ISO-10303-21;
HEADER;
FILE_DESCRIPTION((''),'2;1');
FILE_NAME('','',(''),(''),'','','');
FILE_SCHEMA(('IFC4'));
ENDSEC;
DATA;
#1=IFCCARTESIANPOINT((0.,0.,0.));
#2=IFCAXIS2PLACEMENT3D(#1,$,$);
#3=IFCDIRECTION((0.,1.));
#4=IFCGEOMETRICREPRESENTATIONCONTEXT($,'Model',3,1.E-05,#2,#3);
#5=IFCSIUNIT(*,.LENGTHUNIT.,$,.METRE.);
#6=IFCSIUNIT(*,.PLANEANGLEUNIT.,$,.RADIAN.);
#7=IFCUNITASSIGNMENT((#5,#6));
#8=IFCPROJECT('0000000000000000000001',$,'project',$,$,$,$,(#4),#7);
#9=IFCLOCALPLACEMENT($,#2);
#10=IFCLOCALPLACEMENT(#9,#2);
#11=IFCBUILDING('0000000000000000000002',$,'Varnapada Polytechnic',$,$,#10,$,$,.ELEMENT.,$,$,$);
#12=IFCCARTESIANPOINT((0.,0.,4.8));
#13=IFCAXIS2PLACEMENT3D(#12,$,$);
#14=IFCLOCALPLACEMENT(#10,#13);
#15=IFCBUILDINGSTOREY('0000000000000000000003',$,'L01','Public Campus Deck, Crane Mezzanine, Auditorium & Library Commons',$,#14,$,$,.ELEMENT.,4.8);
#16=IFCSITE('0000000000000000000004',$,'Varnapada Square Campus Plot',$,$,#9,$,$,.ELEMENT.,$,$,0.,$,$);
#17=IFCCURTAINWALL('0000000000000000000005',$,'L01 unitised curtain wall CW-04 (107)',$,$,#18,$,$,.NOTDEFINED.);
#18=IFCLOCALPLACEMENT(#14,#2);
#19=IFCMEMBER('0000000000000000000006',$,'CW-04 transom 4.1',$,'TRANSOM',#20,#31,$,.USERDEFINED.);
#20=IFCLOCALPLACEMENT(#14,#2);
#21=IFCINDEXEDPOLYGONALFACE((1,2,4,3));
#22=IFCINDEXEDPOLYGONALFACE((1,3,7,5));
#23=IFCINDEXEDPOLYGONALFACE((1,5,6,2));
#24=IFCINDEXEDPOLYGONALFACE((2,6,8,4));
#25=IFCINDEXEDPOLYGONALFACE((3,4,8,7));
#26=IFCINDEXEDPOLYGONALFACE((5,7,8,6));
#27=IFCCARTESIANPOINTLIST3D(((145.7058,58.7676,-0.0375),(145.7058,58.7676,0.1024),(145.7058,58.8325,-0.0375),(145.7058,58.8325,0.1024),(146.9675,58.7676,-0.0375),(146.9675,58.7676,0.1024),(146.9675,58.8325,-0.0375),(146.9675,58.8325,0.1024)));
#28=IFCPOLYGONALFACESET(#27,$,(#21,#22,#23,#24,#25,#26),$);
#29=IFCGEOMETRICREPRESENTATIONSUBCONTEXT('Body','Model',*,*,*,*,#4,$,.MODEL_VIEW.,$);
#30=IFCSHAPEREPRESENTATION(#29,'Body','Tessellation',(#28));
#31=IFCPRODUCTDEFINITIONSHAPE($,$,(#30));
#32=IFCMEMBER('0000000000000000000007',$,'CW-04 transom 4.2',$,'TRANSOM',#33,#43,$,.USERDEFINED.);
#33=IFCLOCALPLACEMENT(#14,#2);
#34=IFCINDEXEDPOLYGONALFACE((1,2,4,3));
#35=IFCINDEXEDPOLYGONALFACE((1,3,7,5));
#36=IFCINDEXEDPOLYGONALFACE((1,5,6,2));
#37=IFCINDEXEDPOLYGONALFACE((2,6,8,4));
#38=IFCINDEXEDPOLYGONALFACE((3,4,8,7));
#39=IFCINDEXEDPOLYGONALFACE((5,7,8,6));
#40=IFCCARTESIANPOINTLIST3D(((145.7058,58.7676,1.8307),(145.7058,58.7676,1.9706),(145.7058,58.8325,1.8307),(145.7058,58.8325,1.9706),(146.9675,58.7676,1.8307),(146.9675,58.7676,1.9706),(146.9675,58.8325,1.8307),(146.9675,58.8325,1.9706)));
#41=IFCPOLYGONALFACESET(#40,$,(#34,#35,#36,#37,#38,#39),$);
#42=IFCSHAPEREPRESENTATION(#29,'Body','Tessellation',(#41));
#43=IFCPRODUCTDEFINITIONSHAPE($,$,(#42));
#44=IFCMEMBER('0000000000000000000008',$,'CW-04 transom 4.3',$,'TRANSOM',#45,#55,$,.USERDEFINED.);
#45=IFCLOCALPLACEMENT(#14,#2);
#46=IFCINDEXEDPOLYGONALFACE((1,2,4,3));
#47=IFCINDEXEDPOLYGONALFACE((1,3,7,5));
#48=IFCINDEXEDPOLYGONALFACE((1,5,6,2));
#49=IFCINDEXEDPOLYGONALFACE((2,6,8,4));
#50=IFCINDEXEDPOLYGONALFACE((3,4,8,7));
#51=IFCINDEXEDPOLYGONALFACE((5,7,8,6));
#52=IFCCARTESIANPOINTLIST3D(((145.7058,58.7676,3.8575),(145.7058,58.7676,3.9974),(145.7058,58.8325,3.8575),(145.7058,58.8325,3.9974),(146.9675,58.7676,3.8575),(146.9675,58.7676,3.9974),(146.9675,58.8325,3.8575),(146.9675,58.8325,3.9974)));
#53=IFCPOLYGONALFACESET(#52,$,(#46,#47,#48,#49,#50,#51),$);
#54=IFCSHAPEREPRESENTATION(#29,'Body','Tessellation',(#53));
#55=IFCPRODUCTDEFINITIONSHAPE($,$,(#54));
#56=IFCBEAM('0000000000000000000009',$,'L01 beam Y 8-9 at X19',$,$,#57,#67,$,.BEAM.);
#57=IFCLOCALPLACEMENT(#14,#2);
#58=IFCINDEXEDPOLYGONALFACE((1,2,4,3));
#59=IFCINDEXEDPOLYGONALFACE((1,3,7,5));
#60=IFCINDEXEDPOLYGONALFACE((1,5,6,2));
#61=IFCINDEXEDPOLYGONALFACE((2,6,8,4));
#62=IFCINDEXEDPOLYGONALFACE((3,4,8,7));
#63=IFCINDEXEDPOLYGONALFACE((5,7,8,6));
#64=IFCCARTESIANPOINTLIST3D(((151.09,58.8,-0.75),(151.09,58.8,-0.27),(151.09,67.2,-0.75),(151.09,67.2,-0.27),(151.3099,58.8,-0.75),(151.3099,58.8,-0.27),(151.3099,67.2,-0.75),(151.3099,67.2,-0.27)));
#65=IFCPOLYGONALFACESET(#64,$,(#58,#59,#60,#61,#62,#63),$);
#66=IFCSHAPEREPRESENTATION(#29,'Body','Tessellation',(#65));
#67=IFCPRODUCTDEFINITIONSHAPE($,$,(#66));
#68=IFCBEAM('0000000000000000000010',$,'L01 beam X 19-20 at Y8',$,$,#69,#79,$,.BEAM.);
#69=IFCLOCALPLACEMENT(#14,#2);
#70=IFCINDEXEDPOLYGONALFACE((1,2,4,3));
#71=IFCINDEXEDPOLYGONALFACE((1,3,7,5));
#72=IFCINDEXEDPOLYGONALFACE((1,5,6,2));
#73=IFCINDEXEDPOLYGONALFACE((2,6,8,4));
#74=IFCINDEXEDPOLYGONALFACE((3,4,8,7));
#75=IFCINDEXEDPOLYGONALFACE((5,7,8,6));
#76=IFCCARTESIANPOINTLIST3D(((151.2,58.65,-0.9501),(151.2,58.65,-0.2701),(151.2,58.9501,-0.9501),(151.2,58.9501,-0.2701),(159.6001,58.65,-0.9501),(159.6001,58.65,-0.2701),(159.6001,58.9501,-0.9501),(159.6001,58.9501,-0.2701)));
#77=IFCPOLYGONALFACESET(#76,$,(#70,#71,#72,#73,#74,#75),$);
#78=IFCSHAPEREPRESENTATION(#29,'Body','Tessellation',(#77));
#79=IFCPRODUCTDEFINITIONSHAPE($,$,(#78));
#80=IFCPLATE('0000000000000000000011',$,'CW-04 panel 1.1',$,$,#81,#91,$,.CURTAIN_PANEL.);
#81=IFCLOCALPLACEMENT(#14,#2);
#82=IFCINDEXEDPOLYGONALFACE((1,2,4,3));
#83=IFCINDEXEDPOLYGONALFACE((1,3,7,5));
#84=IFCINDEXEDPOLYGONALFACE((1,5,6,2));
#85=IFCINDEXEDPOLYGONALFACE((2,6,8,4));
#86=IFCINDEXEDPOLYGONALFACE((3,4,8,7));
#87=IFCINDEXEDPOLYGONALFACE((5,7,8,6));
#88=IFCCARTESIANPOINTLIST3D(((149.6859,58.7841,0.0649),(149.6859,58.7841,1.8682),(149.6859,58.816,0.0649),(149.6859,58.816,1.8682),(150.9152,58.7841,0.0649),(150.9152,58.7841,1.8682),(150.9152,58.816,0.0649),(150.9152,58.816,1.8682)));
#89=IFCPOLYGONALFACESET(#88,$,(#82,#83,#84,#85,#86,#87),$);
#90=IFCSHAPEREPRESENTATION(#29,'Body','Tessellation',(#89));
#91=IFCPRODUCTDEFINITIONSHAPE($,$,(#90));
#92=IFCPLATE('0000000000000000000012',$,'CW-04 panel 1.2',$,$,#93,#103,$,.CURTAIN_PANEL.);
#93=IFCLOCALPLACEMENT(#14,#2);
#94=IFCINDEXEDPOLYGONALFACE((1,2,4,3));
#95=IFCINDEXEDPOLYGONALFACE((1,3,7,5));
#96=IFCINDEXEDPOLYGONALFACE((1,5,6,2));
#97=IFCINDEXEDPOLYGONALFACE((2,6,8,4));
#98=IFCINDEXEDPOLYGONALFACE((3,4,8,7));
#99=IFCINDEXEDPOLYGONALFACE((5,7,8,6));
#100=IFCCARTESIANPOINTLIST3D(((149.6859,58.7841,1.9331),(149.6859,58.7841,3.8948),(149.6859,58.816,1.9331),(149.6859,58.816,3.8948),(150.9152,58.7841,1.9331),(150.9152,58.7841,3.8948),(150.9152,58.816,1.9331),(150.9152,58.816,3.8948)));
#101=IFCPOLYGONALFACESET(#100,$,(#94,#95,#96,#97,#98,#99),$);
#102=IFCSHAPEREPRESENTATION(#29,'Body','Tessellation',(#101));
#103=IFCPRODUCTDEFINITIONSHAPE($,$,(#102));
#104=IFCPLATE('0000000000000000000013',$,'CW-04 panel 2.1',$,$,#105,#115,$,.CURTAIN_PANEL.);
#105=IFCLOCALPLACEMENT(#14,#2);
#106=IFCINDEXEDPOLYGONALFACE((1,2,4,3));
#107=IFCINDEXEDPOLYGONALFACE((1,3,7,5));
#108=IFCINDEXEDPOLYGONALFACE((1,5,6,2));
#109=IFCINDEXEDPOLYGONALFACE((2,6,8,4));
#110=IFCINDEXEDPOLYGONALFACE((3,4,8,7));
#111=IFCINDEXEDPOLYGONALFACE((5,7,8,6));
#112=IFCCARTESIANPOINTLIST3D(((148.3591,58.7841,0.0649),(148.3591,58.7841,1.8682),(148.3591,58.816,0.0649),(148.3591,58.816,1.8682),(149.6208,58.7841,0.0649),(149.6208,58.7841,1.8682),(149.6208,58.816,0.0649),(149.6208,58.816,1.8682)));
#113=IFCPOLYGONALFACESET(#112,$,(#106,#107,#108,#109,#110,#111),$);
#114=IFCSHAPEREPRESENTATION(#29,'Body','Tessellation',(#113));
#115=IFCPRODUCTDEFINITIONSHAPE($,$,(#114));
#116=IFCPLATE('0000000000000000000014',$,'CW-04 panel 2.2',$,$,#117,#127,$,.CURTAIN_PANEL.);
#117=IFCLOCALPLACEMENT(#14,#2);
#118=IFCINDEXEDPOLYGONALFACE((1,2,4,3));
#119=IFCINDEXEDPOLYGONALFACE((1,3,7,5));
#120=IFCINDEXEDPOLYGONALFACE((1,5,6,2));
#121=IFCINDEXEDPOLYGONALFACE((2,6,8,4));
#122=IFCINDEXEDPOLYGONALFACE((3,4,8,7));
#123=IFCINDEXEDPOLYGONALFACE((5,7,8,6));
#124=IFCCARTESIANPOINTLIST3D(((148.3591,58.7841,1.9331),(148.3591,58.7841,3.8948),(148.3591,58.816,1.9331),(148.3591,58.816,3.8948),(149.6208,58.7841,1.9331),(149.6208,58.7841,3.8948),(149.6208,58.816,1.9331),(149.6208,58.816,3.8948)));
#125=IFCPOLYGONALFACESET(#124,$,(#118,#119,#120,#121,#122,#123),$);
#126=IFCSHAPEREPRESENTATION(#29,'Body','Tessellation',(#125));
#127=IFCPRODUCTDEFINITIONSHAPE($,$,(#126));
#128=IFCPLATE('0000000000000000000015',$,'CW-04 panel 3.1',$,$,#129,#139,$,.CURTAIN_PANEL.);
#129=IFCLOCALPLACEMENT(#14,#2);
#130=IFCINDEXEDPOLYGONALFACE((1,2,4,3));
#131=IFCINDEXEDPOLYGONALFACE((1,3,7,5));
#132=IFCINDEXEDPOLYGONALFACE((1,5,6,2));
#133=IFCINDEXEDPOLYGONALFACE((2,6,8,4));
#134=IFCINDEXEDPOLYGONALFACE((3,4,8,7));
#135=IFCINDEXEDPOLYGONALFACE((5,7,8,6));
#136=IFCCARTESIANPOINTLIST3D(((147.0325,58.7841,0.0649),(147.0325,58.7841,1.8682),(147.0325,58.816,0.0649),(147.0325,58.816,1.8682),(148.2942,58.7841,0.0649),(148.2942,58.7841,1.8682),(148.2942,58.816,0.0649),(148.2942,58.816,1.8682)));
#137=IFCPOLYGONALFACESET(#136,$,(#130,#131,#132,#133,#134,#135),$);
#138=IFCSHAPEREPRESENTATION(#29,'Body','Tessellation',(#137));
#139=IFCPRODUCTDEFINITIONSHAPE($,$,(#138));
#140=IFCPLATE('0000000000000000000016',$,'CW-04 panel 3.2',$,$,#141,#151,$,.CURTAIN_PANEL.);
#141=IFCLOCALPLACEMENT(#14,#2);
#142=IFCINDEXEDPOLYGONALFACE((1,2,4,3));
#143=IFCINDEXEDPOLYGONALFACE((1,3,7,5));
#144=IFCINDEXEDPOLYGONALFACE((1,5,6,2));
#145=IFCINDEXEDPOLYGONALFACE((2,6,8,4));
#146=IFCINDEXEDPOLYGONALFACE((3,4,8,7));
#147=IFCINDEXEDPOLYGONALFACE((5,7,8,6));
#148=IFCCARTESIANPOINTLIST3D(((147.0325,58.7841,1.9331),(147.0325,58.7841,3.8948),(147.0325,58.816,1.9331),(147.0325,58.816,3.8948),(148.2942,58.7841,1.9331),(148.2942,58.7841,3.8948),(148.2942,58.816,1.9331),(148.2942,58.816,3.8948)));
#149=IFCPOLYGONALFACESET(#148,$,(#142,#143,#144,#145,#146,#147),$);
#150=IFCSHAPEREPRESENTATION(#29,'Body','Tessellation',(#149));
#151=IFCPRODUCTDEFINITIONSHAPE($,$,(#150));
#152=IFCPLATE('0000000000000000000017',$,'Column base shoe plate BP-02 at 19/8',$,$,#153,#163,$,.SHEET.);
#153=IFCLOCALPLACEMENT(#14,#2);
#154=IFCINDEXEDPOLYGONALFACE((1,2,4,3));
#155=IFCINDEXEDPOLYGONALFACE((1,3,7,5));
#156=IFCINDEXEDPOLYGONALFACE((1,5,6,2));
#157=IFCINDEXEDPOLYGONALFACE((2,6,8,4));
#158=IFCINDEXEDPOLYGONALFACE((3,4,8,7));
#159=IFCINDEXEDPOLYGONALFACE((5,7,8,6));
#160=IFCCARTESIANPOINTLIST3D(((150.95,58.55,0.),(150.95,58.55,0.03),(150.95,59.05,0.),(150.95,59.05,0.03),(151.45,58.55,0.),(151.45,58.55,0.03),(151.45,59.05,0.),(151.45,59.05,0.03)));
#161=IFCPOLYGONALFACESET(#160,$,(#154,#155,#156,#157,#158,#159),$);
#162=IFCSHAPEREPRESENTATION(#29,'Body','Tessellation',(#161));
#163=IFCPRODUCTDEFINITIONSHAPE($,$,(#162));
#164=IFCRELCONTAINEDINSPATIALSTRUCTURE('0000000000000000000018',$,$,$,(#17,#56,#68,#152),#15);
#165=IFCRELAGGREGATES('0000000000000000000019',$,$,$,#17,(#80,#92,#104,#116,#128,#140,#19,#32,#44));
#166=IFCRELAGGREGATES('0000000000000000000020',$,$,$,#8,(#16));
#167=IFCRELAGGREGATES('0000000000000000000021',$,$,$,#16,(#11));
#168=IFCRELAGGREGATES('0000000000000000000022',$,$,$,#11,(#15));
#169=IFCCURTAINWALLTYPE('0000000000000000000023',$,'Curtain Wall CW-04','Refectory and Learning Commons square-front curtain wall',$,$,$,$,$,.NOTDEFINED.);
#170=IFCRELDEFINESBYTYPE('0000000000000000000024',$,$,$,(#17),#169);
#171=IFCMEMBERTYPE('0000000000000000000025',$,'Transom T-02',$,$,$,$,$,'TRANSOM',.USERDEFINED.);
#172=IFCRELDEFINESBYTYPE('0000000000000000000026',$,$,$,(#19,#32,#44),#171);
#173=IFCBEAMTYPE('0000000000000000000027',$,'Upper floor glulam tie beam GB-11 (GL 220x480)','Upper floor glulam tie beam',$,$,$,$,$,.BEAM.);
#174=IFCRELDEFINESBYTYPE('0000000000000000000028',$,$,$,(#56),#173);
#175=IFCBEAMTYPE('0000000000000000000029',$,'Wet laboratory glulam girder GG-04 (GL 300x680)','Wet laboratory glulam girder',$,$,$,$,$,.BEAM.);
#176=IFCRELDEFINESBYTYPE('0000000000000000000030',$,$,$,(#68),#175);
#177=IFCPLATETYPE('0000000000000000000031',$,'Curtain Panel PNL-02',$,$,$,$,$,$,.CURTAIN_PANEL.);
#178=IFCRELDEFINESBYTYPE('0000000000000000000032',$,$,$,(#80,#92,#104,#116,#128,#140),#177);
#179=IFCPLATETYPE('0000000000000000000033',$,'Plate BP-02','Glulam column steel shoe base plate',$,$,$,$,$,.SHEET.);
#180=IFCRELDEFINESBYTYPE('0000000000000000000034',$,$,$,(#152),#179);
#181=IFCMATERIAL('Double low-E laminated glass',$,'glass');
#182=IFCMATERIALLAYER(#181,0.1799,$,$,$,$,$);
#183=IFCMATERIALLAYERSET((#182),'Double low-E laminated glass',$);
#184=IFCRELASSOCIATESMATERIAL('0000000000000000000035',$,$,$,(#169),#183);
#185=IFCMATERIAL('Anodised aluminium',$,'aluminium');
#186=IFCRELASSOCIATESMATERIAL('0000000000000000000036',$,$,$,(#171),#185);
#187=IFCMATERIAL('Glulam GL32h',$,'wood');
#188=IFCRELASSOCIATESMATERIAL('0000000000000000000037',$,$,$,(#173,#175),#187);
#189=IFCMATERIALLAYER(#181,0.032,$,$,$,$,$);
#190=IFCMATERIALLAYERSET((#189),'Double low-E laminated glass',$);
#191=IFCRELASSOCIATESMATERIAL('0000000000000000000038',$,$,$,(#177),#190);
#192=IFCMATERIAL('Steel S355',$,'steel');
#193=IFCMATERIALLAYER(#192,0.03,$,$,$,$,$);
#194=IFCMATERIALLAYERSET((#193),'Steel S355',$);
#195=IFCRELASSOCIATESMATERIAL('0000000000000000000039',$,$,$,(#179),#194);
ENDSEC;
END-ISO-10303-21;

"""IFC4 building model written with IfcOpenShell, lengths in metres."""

from ifc_helpers import new_model, si_unit, direction, frame, origin, origin_2d, place, context, subcontext, project, spatial, rectangle, extrude, material, layer, layer_set, material_profile, profile_set, type_object, element, aggregate, save


model = new_model("IFC4")

# Units and contexts
model_context = context("Model", 3, precision=1e-05, world=origin(), true_north=direction((0.0, 1.0)))
body_context = subcontext(model_context, "Body", "Model", "MODEL_VIEW")
ifc_project = project(units=[si_unit("LENGTHUNIT", "METRE"), si_unit("PLANEANGLEUNIT", "RADIAN")], contexts=[model_context])

# Site, building, storey
site_placement = place(None, origin())
site = spatial("IfcSite", under=ifc_project, at=site_placement, Name="Varnapada Square Campus Plot", CompositionType="ELEMENT", RefElevation=0.0)
building_placement = place(site_placement, origin())
building = spatial("IfcBuilding", under=site, at=building_placement, Name="Varnapada Polytechnic", CompositionType="ELEMENT")
storey_placement = place(building_placement, frame((0.0, 0.0, 4.8)))
storey = spatial("IfcBuildingStorey", under=building, at=storey_placement, Name="L01", Description="Public Campus Deck, Crane Mezzanine, Auditorium & Library Commons", CompositionType="ELEMENT", Elevation=4.8)

# Shared definitions
ifc_material_1 = material(Name="Glulam GL32h", Category="wood")

# Curtain wall, members
ifc_material_2 = material(Name="Double low-E laminated glass", Category="glass")
ifc_layer_1 = layer(ifc_material_2, 0.1799)
ifc_layer_set_1 = layer_set([ifc_layer_1], Name="Double low-E laminated glass")
curtain_wall_type = type_object("IfcCurtainWallType", Name="Curtain Wall CW-04", Description="Refectory and Learning Commons square-front curtain wall", PredefinedType="NOTDEFINED", material=ifc_layer_set_1)
curtain_wall_placement = place(storey_placement, origin())
curtain_wall = element("IfcCurtainWall", 1, at=curtain_wall_placement, inside=storey, type_object=curtain_wall_type, Name="L01 unitised curtain wall CW-04 (107)", PredefinedType="NOTDEFINED")
ifc_material_3 = material(Name="Anodised aluminium", Category="aluminium")
ifc_material_profile_1 = material_profile(ifc_material_3, rectangle(XDim=0.0649, YDim=0.1399, at=origin_2d()), Name="ALU T65x140")
ifc_profile_set_1 = profile_set([ifc_material_profile_1], Name="Anodised aluminium")
member_type_1 = type_object("IfcMemberType", Name="Transom T-02", ElementType="TRANSOM", PredefinedType="USERDEFINED", material=ifc_profile_set_1)
member_1_placement = place(storey_placement, frame((146.9675, 58.8, 0.0325), z_axis=(-1.0, 0.0, 0.0), x_axis=(0.0, -1.0, 0.0)))
member_1 = element("IfcMember", 2, at=member_1_placement, type_object=member_type_1, Name="CW-04 transom 4.1", ObjectType="TRANSOM", PredefinedType="USERDEFINED", context=body_context, shape_type="SweptSolid", body=[
    extrude(rectangle(XDim=0.0649, YDim=0.1399, at=origin_2d()), origin(), (0.0, 0.0, 1.0), 1.2617),
])
member_2_placement = place(storey_placement, frame((146.9675, 58.8, 1.9006), z_axis=(-1.0, 0.0, 0.0), x_axis=(0.0, -1.0, 0.0)))
member_2 = element("IfcMember", 3, at=member_2_placement, type_object=member_type_1, Name="CW-04 transom 4.2", ObjectType="TRANSOM", PredefinedType="USERDEFINED", context=body_context, shape_type="SweptSolid", body=[
    extrude(rectangle(XDim=0.0649, YDim=0.1399, at=origin_2d()), origin(), (0.0, 0.0, 1.0), 1.2617),
])
member_3_placement = place(storey_placement, frame((146.9675, 58.8, 3.9275), z_axis=(-1.0, 0.0, 0.0), x_axis=(0.0, -1.0, 0.0)))
member_3 = element("IfcMember", 4, at=member_3_placement, type_object=member_type_1, Name="CW-04 transom 4.3", ObjectType="TRANSOM", PredefinedType="USERDEFINED", context=body_context, shape_type="SweptSolid", body=[
    extrude(rectangle(XDim=0.0649, YDim=0.1399, at=origin_2d()), origin(), (0.0, 0.0, 1.0), 1.2617),
])

# Beams
ifc_material_profile_2 = material_profile(ifc_material_1, rectangle(XDim=0.22, YDim=0.48, at=origin_2d()), Name="GL 220x480")
ifc_profile_set_2 = profile_set([ifc_material_profile_2], Name="Glulam GL32h")
beam_type_1 = type_object("IfcBeamType", Name="Upper floor glulam tie beam GB-11 (GL 220x480)", Description="Upper floor glulam tie beam", PredefinedType="BEAM", material=ifc_profile_set_2)
beam_1_placement = place(storey_placement, frame((151.2, 58.8, -0.51), z_axis=(0.0, 1.0, 0.0), x_axis=(-1.0, 0.0, 0.0)))
element("IfcBeam", 5, at=beam_1_placement, inside=storey, type_object=beam_type_1, Name="L01 beam Y 8-9 at X19", PredefinedType="BEAM", context=body_context, shape_type="SweptSolid", body=[
    extrude(rectangle(XDim=0.22, YDim=0.48, at=origin_2d()), origin(), (0.0, 0.0, 1.0), 8.3999),
])
ifc_material_profile_3 = material_profile(ifc_material_1, rectangle(XDim=0.3, YDim=0.6799, at=origin_2d()), Name="GL 300x680")
ifc_profile_set_3 = profile_set([ifc_material_profile_3], Name="Glulam GL32h")
beam_type_2 = type_object("IfcBeamType", Name="Wet laboratory glulam girder GG-04 (GL 300x680)", Description="Wet laboratory glulam girder", PredefinedType="BEAM", material=ifc_profile_set_3)
beam_2_placement = place(storey_placement, frame((151.2, 58.8, -0.6101), z_axis=(1.0, 0.0, 0.0), x_axis=(0.0, 1.0, 0.0)))
element("IfcBeam", 6, at=beam_2_placement, inside=storey, type_object=beam_type_2, Name="L01 beam X 19-20 at Y8", PredefinedType="BEAM", context=body_context, shape_type="SweptSolid", body=[
    extrude(rectangle(XDim=0.3, YDim=0.6799, at=origin_2d()), origin(), (0.0, 0.0, 1.0), 8.4001),
])

# Plates
ifc_layer_2 = layer(ifc_material_2, 0.032)
ifc_layer_set_2 = layer_set([ifc_layer_2], Name="Double low-E laminated glass")
plate_type_1 = type_object("IfcPlateType", Name="Curtain Panel PNL-02", PredefinedType="CURTAIN_PANEL", material=ifc_layer_set_2)
plate_1_placement = place(storey_placement, frame((150.3005, 58.8, 0.0649), z_axis=(0.0, 0.0, 1.0), x_axis=(-1.0, 0.0, 0.0)))
plate_1 = element("IfcPlate", 7, at=plate_1_placement, type_object=plate_type_1, Name="CW-04 panel 1.1", PredefinedType="CURTAIN_PANEL", context=body_context, shape_type="SweptSolid", body=[
    extrude(rectangle(XDim=1.2292, YDim=0.032, at=origin_2d()), origin(), (0.0, 0.0, 1.0), 1.8032),
])
plate_2_placement = place(storey_placement, frame((150.3005, 58.8, 1.9331), z_axis=(0.0, 0.0, 1.0), x_axis=(-1.0, 0.0, 0.0)))
plate_2 = element("IfcPlate", 8, at=plate_2_placement, type_object=plate_type_1, Name="CW-04 panel 1.2", PredefinedType="CURTAIN_PANEL", context=body_context, shape_type="SweptSolid", body=[
    extrude(rectangle(XDim=1.2292, YDim=0.032, at=origin_2d()), origin(), (0.0, 0.0, 1.0), 1.9617),
])
plate_3_placement = place(storey_placement, frame((148.99, 58.8, 0.0649), z_axis=(0.0, 0.0, 1.0), x_axis=(-1.0, 0.0, 0.0)))
plate_3 = element("IfcPlate", 9, at=plate_3_placement, type_object=plate_type_1, Name="CW-04 panel 2.1", PredefinedType="CURTAIN_PANEL", context=body_context, shape_type="SweptSolid", body=[
    extrude(rectangle(XDim=1.2617, YDim=0.032, at=origin_2d()), origin(), (0.0, 0.0, 1.0), 1.8032),
])
plate_4_placement = place(storey_placement, frame((148.99, 58.8, 1.9331), z_axis=(0.0, 0.0, 1.0), x_axis=(-1.0, 0.0, 0.0)))
plate_4 = element("IfcPlate", 10, at=plate_4_placement, type_object=plate_type_1, Name="CW-04 panel 2.2", PredefinedType="CURTAIN_PANEL", context=body_context, shape_type="SweptSolid", body=[
    extrude(rectangle(XDim=1.2617, YDim=0.032, at=origin_2d()), origin(), (0.0, 0.0, 1.0), 1.9617),
])
plate_5_placement = place(storey_placement, frame((147.6633, 58.8, 0.0649), z_axis=(0.0, 0.0, 1.0), x_axis=(-1.0, 0.0, 0.0)))
plate_5 = element("IfcPlate", 11, at=plate_5_placement, type_object=plate_type_1, Name="CW-04 panel 3.1", PredefinedType="CURTAIN_PANEL", context=body_context, shape_type="SweptSolid", body=[
    extrude(rectangle(XDim=1.2617, YDim=0.032, at=origin_2d()), origin(), (0.0, 0.0, 1.0), 1.8032),
])
plate_6_placement = place(storey_placement, frame((147.6633, 58.8, 1.9331), z_axis=(0.0, 0.0, 1.0), x_axis=(-1.0, 0.0, 0.0)))
plate_6 = element("IfcPlate", 12, at=plate_6_placement, type_object=plate_type_1, Name="CW-04 panel 3.2", PredefinedType="CURTAIN_PANEL", context=body_context, shape_type="SweptSolid", body=[
    extrude(rectangle(XDim=1.2617, YDim=0.032, at=origin_2d()), origin(), (0.0, 0.0, 1.0), 1.9617),
])
aggregate(curtain_wall, [plate_1, plate_2, plate_3, plate_4, plate_5, plate_6, member_1, member_2, member_3])
ifc_material_4 = material(Name="Steel S355", Category="steel")
ifc_layer_3 = layer(ifc_material_4, 0.03)
ifc_layer_set_3 = layer_set([ifc_layer_3], Name="Steel S355")
plate_type_2 = type_object("IfcPlateType", Name="Plate BP-02", Description="Glulam column steel shoe base plate", PredefinedType="SHEET", material=ifc_layer_set_3)
plate_7_placement = place(storey_placement, frame((151.2, 58.8, 0.0), z_axis=(0.0, 0.0, 1.0), x_axis=(1.0, 0.0, 0.0)))
element("IfcPlate", 13, at=plate_7_placement, inside=storey, type_object=plate_type_2, Name="Column base shoe plate BP-02 at 19/8", PredefinedType="SHEET", context=body_context, shape_type="SweptSolid", body=[
    extrude(rectangle(XDim=0.5, YDim=0.5, at=origin_2d()), origin(), (0.0, 0.0, 1.0), 0.03),
])

save(model, "model.ifc")
